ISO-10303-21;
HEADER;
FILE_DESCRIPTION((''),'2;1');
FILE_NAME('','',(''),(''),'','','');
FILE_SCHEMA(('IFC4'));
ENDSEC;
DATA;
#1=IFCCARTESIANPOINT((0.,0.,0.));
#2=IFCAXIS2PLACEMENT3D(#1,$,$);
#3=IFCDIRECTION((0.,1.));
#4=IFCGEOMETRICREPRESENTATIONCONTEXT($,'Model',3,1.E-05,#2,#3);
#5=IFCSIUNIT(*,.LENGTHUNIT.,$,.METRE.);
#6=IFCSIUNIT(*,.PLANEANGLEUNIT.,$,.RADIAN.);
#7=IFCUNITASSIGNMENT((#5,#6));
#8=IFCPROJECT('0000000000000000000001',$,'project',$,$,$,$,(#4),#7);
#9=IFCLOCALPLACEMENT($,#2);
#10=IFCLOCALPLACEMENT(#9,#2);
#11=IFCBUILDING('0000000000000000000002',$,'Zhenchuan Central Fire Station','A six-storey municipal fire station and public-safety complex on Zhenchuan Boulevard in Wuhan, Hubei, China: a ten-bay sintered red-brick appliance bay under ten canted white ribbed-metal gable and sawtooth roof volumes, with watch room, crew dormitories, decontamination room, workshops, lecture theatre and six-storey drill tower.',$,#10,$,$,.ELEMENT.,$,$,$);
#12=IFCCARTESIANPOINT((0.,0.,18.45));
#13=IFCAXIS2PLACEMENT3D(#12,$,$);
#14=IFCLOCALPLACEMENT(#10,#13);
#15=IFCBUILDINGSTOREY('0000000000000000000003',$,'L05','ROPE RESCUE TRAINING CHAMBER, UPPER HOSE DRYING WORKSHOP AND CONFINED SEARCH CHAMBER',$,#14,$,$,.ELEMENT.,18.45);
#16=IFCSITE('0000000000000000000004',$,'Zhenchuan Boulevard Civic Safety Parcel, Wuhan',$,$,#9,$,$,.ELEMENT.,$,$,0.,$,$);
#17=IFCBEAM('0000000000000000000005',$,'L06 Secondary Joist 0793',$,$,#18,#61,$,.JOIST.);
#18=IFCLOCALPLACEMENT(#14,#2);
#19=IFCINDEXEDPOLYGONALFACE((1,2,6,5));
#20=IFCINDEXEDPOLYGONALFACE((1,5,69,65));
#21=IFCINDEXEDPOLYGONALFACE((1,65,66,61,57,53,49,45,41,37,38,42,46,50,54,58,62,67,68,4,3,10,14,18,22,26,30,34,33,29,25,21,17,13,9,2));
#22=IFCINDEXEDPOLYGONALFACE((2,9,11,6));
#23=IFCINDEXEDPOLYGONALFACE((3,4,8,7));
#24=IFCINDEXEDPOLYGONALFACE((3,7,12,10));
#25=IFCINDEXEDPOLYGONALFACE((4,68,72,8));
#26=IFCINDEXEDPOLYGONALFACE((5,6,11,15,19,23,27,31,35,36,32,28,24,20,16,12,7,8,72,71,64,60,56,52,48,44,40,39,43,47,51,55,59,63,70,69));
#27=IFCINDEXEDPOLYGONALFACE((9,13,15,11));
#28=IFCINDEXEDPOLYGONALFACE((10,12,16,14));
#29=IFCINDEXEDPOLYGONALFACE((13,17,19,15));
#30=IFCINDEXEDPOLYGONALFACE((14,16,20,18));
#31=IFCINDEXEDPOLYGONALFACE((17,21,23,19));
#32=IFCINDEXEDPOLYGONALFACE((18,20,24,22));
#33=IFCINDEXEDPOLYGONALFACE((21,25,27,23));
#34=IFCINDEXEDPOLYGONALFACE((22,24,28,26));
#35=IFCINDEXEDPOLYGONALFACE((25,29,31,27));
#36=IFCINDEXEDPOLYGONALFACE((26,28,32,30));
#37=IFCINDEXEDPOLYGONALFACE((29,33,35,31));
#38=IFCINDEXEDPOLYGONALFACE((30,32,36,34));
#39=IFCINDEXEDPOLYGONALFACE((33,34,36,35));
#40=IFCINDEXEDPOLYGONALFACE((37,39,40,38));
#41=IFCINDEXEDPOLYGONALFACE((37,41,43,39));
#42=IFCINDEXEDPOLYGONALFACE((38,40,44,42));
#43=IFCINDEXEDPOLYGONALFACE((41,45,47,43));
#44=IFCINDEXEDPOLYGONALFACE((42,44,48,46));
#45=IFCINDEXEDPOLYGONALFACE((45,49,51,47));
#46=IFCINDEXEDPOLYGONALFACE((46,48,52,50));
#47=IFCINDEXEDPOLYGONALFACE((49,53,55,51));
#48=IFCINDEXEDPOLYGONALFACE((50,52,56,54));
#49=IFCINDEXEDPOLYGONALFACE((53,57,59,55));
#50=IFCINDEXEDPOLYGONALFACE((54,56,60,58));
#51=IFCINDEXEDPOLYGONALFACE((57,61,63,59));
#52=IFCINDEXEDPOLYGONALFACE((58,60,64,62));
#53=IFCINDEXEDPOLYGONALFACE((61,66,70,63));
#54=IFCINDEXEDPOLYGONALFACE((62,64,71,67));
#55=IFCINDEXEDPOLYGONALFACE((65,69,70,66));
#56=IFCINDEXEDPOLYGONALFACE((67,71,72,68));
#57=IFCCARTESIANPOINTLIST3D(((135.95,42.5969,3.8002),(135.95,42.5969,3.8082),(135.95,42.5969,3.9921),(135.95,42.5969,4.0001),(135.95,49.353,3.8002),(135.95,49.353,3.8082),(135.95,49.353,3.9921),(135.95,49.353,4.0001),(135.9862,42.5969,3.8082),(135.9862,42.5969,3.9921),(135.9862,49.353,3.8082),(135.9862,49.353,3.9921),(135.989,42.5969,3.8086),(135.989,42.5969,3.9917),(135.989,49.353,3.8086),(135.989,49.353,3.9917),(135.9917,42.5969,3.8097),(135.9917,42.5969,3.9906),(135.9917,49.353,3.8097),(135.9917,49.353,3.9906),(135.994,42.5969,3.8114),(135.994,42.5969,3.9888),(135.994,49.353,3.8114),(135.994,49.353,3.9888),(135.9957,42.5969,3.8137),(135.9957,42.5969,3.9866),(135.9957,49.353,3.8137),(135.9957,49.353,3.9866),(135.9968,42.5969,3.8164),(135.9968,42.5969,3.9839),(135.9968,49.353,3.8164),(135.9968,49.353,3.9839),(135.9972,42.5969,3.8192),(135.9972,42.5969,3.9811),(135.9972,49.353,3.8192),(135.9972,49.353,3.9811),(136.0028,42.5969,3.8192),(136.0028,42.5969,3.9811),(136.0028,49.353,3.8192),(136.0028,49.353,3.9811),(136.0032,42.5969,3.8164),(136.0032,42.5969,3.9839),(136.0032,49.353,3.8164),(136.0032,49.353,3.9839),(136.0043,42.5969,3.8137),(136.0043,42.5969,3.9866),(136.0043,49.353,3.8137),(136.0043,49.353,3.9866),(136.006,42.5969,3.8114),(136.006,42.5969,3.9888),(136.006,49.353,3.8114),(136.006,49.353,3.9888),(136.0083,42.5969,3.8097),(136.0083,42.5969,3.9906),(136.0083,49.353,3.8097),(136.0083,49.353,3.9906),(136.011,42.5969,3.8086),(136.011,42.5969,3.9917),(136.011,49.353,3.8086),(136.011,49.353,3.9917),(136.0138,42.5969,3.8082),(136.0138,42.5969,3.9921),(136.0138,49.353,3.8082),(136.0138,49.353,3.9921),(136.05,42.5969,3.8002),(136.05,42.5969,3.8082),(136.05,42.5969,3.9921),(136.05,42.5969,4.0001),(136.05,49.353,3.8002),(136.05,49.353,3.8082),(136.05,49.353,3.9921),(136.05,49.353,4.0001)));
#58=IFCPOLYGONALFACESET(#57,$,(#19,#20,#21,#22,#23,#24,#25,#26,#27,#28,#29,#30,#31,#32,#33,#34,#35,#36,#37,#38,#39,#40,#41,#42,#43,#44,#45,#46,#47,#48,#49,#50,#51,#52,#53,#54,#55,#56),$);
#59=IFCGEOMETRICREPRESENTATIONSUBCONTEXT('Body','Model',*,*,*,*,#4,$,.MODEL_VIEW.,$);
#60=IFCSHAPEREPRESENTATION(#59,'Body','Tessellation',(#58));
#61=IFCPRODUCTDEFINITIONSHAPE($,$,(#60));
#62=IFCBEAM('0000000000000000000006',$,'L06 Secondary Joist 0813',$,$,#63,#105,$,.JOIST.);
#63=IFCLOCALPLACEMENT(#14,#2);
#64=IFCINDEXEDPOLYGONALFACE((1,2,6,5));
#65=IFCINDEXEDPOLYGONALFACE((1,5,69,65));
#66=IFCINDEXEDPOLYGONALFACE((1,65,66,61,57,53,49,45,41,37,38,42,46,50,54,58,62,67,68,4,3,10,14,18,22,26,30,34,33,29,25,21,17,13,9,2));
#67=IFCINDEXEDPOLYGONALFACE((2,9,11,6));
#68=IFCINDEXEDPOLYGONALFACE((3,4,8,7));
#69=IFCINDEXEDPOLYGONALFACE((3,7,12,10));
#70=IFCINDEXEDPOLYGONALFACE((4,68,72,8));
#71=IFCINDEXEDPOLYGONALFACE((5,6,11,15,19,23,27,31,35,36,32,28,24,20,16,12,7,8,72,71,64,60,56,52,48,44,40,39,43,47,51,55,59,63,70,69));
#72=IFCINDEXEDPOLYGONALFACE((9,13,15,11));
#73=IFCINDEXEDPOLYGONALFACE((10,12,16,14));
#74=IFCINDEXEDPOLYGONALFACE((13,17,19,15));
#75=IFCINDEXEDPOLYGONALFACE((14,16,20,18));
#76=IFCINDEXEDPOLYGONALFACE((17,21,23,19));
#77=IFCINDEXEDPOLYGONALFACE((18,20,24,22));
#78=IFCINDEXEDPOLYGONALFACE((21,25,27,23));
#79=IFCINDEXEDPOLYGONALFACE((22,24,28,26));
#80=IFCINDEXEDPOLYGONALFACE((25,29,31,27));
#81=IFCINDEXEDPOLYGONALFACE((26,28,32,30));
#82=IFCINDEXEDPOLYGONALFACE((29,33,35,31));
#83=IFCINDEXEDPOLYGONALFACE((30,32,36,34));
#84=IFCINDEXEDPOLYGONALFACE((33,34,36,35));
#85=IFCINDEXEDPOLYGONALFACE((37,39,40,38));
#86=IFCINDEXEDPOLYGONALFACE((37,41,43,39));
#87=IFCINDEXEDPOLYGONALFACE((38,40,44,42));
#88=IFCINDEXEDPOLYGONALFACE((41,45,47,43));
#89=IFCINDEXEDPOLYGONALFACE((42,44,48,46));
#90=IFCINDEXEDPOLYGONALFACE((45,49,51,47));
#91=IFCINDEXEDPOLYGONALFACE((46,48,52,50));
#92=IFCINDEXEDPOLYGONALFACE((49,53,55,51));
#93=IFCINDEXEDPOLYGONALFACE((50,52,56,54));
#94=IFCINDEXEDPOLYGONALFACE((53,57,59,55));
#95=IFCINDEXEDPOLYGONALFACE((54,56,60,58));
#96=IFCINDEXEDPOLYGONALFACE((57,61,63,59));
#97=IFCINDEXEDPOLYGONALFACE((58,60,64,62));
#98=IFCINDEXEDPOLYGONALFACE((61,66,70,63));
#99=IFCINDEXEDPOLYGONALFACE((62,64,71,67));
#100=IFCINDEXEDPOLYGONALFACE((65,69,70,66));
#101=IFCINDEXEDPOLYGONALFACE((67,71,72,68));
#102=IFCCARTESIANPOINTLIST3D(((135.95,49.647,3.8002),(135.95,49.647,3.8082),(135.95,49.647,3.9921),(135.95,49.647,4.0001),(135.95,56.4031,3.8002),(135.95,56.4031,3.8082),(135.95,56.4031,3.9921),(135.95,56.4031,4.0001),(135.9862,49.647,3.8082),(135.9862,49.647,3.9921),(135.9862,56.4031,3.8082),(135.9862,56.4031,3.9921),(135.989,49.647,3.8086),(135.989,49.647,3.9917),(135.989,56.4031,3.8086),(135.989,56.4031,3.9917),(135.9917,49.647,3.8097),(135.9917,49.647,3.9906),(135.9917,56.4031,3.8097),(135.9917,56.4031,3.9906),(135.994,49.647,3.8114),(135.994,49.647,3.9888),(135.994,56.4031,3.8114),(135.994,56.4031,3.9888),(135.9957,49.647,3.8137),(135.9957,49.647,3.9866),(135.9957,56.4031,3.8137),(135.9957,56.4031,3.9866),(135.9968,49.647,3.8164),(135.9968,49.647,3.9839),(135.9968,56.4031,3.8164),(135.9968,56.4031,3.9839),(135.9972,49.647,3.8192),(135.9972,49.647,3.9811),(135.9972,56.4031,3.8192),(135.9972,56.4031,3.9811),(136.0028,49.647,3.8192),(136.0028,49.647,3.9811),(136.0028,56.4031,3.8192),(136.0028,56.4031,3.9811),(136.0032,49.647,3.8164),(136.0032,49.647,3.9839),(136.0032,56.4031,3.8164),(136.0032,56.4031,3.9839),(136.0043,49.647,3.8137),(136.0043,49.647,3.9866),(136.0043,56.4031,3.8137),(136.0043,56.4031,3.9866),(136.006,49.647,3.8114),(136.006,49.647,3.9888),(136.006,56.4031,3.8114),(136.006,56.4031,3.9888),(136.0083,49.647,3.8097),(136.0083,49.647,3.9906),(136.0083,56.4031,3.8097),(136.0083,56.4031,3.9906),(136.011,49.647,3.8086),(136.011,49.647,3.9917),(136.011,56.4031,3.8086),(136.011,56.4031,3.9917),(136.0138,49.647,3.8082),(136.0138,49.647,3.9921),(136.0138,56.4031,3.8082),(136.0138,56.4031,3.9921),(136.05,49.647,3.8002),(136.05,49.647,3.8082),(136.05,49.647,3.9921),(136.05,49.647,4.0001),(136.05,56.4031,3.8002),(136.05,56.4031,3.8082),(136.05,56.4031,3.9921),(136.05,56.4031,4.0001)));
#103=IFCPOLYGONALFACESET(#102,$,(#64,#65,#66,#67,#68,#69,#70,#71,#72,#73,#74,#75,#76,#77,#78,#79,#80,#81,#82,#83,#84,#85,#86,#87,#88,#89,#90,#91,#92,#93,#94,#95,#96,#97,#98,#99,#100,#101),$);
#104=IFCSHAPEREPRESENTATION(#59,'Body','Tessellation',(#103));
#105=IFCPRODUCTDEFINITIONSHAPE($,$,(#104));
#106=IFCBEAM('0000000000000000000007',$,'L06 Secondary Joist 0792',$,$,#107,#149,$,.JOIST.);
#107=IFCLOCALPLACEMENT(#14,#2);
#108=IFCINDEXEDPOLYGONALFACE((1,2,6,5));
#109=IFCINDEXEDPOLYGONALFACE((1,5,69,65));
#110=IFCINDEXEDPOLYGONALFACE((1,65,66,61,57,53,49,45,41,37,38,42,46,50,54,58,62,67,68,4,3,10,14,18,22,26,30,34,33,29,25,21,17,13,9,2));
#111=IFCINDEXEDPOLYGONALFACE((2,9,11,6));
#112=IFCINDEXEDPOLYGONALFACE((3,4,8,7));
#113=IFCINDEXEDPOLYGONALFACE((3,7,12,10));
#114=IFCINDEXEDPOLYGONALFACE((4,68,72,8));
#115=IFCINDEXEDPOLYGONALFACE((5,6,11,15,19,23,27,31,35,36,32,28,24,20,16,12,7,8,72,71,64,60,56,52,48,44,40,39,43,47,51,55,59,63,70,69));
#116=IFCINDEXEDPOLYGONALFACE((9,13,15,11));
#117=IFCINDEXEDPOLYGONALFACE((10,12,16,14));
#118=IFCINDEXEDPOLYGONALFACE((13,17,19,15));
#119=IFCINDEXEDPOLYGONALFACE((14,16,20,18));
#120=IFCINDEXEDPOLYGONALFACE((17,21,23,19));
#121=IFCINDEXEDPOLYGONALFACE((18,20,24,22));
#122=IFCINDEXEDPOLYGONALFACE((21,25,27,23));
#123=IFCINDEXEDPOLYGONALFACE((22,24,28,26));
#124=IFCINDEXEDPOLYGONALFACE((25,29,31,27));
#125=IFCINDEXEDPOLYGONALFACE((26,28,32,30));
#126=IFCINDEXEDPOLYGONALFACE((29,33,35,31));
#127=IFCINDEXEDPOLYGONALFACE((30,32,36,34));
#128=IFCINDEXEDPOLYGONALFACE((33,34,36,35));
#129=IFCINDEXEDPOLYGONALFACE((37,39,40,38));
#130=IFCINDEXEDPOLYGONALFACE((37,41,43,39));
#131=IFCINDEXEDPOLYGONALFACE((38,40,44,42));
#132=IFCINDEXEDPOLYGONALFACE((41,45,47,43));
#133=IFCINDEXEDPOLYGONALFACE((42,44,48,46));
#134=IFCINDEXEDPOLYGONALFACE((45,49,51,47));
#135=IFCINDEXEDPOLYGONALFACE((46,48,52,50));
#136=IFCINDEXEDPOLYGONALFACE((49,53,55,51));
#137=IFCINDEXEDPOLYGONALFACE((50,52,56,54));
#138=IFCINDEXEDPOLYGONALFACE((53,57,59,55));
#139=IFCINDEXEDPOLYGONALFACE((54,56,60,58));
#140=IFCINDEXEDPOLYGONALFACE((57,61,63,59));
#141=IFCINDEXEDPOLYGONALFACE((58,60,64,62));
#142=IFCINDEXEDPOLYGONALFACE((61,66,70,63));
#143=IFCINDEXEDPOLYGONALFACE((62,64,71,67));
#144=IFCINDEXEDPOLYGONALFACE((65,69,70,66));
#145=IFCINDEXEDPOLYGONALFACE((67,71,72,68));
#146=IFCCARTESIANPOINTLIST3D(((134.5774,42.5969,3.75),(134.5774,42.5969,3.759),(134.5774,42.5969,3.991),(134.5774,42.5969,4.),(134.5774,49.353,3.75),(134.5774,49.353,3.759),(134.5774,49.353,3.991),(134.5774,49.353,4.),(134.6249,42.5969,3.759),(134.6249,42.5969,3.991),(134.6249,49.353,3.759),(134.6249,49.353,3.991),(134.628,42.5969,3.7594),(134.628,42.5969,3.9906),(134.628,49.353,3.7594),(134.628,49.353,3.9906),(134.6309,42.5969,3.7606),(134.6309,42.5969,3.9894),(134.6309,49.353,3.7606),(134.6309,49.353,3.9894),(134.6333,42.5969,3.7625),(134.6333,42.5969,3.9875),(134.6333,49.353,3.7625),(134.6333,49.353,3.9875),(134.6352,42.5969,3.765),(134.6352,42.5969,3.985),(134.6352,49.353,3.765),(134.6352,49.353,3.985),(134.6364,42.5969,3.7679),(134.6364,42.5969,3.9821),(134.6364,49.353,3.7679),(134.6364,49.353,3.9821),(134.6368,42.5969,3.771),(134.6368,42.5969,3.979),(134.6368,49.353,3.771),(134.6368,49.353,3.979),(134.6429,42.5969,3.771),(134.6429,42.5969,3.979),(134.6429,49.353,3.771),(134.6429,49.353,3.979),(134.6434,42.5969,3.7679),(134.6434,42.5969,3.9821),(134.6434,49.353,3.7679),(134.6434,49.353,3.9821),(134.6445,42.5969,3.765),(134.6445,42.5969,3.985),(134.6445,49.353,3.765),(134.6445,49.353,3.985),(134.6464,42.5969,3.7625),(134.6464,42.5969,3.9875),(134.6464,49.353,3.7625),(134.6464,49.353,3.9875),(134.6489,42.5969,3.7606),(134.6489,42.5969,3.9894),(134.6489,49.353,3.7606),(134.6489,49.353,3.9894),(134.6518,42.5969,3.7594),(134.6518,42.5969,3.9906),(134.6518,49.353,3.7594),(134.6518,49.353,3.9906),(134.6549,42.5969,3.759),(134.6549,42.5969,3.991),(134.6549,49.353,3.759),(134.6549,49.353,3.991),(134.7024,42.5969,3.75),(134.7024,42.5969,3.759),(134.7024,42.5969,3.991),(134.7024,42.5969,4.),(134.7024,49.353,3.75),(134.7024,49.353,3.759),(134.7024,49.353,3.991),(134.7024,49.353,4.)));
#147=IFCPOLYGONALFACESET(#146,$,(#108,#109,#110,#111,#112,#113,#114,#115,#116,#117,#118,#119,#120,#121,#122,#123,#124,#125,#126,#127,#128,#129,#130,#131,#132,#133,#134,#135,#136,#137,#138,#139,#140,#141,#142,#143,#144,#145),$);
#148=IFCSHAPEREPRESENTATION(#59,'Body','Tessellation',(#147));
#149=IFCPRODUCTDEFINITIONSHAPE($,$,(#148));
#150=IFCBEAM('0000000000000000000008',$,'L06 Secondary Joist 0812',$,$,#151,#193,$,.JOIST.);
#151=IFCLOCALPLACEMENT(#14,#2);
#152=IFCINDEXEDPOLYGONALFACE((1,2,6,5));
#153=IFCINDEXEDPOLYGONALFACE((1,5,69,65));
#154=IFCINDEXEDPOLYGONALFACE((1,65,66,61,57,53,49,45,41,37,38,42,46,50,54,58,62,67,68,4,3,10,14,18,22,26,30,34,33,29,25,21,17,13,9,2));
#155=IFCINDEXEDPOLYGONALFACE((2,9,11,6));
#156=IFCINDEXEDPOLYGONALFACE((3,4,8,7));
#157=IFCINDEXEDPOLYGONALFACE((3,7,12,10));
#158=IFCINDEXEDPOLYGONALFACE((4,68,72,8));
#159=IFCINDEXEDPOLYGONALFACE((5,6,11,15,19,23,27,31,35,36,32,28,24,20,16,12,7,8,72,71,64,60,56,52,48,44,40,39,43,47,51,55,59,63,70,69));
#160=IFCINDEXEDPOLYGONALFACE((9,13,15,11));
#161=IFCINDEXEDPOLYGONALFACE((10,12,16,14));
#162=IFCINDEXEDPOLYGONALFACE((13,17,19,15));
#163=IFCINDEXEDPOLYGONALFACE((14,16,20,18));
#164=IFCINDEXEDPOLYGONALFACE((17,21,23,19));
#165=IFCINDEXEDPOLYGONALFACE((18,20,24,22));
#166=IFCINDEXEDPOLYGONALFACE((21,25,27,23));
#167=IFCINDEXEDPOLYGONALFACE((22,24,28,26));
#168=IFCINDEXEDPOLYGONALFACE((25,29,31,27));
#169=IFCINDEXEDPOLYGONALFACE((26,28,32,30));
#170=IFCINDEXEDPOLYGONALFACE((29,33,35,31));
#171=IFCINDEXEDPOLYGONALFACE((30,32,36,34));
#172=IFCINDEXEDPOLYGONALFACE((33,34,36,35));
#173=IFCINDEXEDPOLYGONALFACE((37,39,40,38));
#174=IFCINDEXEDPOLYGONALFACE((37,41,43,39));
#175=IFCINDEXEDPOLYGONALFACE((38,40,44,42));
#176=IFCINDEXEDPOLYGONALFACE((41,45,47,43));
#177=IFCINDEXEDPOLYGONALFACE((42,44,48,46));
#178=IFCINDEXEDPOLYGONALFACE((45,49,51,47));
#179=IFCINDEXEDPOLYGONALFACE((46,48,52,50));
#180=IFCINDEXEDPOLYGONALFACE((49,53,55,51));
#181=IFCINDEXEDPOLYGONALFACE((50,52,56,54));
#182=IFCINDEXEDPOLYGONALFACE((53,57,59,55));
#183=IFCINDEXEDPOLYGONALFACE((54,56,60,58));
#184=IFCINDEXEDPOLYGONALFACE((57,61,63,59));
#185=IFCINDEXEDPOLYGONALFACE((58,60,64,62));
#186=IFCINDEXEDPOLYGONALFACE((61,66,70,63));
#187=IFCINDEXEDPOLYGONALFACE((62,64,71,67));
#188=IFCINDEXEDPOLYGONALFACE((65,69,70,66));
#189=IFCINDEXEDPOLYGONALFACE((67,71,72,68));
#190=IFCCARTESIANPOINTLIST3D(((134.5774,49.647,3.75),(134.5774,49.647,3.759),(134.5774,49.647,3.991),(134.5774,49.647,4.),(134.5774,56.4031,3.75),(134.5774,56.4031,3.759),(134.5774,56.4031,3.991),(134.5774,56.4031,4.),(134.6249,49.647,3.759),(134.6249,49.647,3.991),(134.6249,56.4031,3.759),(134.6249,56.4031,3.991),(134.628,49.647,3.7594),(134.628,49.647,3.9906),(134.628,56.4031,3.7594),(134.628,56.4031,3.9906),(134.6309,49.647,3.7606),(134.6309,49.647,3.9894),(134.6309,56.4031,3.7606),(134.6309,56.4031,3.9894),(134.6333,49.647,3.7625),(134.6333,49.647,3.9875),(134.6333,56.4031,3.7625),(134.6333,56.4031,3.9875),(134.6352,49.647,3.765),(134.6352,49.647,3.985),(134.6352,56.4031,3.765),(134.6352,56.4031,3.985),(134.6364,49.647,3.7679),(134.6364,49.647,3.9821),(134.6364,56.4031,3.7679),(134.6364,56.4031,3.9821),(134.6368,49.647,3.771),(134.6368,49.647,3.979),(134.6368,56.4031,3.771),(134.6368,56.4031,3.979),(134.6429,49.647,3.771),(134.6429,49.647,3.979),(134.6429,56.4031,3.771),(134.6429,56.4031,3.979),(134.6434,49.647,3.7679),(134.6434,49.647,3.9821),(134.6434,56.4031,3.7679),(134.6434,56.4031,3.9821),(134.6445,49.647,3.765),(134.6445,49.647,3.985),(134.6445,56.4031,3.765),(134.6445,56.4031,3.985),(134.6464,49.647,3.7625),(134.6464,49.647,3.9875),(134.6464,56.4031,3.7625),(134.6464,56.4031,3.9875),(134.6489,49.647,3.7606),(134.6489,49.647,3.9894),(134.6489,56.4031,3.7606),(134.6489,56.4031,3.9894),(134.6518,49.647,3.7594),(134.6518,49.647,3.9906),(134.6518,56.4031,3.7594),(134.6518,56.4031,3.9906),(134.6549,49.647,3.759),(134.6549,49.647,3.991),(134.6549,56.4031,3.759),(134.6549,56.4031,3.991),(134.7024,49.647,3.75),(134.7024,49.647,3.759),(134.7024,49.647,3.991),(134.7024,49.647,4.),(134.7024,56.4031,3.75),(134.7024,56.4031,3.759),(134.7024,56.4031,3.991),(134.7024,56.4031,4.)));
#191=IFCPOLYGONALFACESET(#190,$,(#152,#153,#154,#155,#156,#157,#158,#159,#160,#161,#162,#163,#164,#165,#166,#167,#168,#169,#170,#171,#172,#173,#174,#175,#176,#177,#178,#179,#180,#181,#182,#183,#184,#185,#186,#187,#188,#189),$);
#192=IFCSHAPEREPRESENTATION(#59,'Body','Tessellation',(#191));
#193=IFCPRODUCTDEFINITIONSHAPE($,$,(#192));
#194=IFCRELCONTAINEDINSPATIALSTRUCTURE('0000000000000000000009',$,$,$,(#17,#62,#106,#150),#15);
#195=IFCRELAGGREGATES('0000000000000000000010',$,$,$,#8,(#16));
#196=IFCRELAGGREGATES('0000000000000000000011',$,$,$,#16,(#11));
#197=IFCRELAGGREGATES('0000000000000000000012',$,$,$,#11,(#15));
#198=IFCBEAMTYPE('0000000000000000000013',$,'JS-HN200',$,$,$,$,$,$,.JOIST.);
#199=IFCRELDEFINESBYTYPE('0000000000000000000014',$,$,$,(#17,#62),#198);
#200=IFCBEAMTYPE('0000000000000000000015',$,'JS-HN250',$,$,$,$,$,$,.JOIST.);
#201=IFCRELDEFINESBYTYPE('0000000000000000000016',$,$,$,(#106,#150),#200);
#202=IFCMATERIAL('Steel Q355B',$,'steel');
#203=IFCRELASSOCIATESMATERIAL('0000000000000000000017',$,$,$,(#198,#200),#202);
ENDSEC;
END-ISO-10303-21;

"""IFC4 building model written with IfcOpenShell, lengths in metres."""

from ifc_helpers import new_model, si_unit, direction, frame, origin, origin_2d, place, context, subcontext, project, spatial, i_section, extrude, material, material_profile, profile_set, type_object, element, save


model = new_model("IFC4")

# Units and contexts
model_context = context("Model", 3, precision=1e-05, world=origin(), true_north=direction((0.0, 1.0)))
body_context = subcontext(model_context, "Body", "Model", "MODEL_VIEW")
ifc_project = project(units=[si_unit("LENGTHUNIT", "METRE"), si_unit("PLANEANGLEUNIT", "RADIAN")], contexts=[model_context])

# Site, building, storey
site_placement = place(None, origin())
site = spatial("IfcSite", under=ifc_project, at=site_placement, Name="Zhenchuan Boulevard Civic Safety Parcel, Wuhan", CompositionType="ELEMENT", RefElevation=0.0)
building_placement = place(site_placement, origin())
building = spatial("IfcBuilding", under=site, at=building_placement, Name="Zhenchuan Central Fire Station", Description="A six-storey municipal fire station and public-safety complex on Zhenchuan Boulevard in Wuhan, Hubei, China: a ten-bay sintered red-brick appliance bay under ten canted white ribbed-metal gable and sawtooth roof volumes, with watch room, crew dormitories, decontamination room, workshops, lecture theatre and six-storey drill tower.", CompositionType="ELEMENT")
storey_placement = place(building_placement, frame((0.0, 0.0, 18.45)))
storey = spatial("IfcBuildingStorey", under=building, at=storey_placement, Name="L05", Description="ROPE RESCUE TRAINING CHAMBER, UPPER HOSE DRYING WORKSHOP AND CONFINED SEARCH CHAMBER", CompositionType="ELEMENT", Elevation=18.45)

# Beams
ifc_material_1 = material(Name="Steel Q355B", Category="steel")
ifc_material_profile_1 = material_profile(ifc_material_1, i_section(OverallWidth=0.1001, OverallDepth=0.2, WebThickness=0.0056, FlangeThickness=0.0081, FilletRadius=0.011, at=origin_2d()), Name="HN 200x100")
ifc_profile_set_1 = profile_set([ifc_material_profile_1], Name="Steel Q355B")
beam_type_1 = type_object("IfcBeamType", Name="JS-HN200", PredefinedType="JOIST", material=ifc_profile_set_1)
for number, where, z_axis, x_axis, name in (
    (1, (136.0, 42.5969, 3.9001), (0.0, 1.0, 0.0), (-1.0, 0.0, 0.0), "L06 Secondary Joist 0793"),
    (2, (136.0, 49.647, 3.9001), (0.0, 1.0, 0.0), (-1.0, 0.0, 0.0), "L06 Secondary Joist 0813"),
):
    element("IfcBeam", number, at=place(storey_placement, frame(where, z_axis=z_axis, x_axis=x_axis)), inside=storey, type_object=beam_type_1, Name=name, PredefinedType="JOIST", context=body_context, shape_type="SweptSolid", body=[
        extrude(i_section(OverallWidth=0.1001, OverallDepth=0.2, WebThickness=0.0056, FlangeThickness=0.0081, FilletRadius=0.011, at=origin_2d()), origin(), (0.0, 0.0, 1.0), 6.7561),
    ])
ifc_material_profile_2 = material_profile(ifc_material_1, i_section(OverallWidth=0.125, OverallDepth=0.25, WebThickness=0.0061, FlangeThickness=0.009, FilletRadius=0.012, at=origin_2d()), Name="HN 250x125")
ifc_profile_set_2 = profile_set([ifc_material_profile_2], Name="Steel Q355B")
beam_type_2 = type_object("IfcBeamType", Name="JS-HN250", PredefinedType="JOIST", material=ifc_profile_set_2)
for number, where, z_axis, x_axis, name in (
    (3, (134.6399, 42.5969, 3.875), (0.0, 1.0, 0.0), (-1.0, 0.0, 0.0), "L06 Secondary Joist 0792"),
    (4, (134.6399, 49.647, 3.875), (0.0, 1.0, 0.0), (-1.0, 0.0, 0.0), "L06 Secondary Joist 0812"),
):
    element("IfcBeam", number, at=place(storey_placement, frame(where, z_axis=z_axis, x_axis=x_axis)), inside=storey, type_object=beam_type_2, Name=name, PredefinedType="JOIST", context=body_context, shape_type="SweptSolid", body=[
        extrude(i_section(OverallWidth=0.125, OverallDepth=0.25, WebThickness=0.0061, FlangeThickness=0.009, FilletRadius=0.012, at=origin_2d()), origin(), (0.0, 0.0, 1.0), 6.7561),
    ])

save(model, "model.ifc")
